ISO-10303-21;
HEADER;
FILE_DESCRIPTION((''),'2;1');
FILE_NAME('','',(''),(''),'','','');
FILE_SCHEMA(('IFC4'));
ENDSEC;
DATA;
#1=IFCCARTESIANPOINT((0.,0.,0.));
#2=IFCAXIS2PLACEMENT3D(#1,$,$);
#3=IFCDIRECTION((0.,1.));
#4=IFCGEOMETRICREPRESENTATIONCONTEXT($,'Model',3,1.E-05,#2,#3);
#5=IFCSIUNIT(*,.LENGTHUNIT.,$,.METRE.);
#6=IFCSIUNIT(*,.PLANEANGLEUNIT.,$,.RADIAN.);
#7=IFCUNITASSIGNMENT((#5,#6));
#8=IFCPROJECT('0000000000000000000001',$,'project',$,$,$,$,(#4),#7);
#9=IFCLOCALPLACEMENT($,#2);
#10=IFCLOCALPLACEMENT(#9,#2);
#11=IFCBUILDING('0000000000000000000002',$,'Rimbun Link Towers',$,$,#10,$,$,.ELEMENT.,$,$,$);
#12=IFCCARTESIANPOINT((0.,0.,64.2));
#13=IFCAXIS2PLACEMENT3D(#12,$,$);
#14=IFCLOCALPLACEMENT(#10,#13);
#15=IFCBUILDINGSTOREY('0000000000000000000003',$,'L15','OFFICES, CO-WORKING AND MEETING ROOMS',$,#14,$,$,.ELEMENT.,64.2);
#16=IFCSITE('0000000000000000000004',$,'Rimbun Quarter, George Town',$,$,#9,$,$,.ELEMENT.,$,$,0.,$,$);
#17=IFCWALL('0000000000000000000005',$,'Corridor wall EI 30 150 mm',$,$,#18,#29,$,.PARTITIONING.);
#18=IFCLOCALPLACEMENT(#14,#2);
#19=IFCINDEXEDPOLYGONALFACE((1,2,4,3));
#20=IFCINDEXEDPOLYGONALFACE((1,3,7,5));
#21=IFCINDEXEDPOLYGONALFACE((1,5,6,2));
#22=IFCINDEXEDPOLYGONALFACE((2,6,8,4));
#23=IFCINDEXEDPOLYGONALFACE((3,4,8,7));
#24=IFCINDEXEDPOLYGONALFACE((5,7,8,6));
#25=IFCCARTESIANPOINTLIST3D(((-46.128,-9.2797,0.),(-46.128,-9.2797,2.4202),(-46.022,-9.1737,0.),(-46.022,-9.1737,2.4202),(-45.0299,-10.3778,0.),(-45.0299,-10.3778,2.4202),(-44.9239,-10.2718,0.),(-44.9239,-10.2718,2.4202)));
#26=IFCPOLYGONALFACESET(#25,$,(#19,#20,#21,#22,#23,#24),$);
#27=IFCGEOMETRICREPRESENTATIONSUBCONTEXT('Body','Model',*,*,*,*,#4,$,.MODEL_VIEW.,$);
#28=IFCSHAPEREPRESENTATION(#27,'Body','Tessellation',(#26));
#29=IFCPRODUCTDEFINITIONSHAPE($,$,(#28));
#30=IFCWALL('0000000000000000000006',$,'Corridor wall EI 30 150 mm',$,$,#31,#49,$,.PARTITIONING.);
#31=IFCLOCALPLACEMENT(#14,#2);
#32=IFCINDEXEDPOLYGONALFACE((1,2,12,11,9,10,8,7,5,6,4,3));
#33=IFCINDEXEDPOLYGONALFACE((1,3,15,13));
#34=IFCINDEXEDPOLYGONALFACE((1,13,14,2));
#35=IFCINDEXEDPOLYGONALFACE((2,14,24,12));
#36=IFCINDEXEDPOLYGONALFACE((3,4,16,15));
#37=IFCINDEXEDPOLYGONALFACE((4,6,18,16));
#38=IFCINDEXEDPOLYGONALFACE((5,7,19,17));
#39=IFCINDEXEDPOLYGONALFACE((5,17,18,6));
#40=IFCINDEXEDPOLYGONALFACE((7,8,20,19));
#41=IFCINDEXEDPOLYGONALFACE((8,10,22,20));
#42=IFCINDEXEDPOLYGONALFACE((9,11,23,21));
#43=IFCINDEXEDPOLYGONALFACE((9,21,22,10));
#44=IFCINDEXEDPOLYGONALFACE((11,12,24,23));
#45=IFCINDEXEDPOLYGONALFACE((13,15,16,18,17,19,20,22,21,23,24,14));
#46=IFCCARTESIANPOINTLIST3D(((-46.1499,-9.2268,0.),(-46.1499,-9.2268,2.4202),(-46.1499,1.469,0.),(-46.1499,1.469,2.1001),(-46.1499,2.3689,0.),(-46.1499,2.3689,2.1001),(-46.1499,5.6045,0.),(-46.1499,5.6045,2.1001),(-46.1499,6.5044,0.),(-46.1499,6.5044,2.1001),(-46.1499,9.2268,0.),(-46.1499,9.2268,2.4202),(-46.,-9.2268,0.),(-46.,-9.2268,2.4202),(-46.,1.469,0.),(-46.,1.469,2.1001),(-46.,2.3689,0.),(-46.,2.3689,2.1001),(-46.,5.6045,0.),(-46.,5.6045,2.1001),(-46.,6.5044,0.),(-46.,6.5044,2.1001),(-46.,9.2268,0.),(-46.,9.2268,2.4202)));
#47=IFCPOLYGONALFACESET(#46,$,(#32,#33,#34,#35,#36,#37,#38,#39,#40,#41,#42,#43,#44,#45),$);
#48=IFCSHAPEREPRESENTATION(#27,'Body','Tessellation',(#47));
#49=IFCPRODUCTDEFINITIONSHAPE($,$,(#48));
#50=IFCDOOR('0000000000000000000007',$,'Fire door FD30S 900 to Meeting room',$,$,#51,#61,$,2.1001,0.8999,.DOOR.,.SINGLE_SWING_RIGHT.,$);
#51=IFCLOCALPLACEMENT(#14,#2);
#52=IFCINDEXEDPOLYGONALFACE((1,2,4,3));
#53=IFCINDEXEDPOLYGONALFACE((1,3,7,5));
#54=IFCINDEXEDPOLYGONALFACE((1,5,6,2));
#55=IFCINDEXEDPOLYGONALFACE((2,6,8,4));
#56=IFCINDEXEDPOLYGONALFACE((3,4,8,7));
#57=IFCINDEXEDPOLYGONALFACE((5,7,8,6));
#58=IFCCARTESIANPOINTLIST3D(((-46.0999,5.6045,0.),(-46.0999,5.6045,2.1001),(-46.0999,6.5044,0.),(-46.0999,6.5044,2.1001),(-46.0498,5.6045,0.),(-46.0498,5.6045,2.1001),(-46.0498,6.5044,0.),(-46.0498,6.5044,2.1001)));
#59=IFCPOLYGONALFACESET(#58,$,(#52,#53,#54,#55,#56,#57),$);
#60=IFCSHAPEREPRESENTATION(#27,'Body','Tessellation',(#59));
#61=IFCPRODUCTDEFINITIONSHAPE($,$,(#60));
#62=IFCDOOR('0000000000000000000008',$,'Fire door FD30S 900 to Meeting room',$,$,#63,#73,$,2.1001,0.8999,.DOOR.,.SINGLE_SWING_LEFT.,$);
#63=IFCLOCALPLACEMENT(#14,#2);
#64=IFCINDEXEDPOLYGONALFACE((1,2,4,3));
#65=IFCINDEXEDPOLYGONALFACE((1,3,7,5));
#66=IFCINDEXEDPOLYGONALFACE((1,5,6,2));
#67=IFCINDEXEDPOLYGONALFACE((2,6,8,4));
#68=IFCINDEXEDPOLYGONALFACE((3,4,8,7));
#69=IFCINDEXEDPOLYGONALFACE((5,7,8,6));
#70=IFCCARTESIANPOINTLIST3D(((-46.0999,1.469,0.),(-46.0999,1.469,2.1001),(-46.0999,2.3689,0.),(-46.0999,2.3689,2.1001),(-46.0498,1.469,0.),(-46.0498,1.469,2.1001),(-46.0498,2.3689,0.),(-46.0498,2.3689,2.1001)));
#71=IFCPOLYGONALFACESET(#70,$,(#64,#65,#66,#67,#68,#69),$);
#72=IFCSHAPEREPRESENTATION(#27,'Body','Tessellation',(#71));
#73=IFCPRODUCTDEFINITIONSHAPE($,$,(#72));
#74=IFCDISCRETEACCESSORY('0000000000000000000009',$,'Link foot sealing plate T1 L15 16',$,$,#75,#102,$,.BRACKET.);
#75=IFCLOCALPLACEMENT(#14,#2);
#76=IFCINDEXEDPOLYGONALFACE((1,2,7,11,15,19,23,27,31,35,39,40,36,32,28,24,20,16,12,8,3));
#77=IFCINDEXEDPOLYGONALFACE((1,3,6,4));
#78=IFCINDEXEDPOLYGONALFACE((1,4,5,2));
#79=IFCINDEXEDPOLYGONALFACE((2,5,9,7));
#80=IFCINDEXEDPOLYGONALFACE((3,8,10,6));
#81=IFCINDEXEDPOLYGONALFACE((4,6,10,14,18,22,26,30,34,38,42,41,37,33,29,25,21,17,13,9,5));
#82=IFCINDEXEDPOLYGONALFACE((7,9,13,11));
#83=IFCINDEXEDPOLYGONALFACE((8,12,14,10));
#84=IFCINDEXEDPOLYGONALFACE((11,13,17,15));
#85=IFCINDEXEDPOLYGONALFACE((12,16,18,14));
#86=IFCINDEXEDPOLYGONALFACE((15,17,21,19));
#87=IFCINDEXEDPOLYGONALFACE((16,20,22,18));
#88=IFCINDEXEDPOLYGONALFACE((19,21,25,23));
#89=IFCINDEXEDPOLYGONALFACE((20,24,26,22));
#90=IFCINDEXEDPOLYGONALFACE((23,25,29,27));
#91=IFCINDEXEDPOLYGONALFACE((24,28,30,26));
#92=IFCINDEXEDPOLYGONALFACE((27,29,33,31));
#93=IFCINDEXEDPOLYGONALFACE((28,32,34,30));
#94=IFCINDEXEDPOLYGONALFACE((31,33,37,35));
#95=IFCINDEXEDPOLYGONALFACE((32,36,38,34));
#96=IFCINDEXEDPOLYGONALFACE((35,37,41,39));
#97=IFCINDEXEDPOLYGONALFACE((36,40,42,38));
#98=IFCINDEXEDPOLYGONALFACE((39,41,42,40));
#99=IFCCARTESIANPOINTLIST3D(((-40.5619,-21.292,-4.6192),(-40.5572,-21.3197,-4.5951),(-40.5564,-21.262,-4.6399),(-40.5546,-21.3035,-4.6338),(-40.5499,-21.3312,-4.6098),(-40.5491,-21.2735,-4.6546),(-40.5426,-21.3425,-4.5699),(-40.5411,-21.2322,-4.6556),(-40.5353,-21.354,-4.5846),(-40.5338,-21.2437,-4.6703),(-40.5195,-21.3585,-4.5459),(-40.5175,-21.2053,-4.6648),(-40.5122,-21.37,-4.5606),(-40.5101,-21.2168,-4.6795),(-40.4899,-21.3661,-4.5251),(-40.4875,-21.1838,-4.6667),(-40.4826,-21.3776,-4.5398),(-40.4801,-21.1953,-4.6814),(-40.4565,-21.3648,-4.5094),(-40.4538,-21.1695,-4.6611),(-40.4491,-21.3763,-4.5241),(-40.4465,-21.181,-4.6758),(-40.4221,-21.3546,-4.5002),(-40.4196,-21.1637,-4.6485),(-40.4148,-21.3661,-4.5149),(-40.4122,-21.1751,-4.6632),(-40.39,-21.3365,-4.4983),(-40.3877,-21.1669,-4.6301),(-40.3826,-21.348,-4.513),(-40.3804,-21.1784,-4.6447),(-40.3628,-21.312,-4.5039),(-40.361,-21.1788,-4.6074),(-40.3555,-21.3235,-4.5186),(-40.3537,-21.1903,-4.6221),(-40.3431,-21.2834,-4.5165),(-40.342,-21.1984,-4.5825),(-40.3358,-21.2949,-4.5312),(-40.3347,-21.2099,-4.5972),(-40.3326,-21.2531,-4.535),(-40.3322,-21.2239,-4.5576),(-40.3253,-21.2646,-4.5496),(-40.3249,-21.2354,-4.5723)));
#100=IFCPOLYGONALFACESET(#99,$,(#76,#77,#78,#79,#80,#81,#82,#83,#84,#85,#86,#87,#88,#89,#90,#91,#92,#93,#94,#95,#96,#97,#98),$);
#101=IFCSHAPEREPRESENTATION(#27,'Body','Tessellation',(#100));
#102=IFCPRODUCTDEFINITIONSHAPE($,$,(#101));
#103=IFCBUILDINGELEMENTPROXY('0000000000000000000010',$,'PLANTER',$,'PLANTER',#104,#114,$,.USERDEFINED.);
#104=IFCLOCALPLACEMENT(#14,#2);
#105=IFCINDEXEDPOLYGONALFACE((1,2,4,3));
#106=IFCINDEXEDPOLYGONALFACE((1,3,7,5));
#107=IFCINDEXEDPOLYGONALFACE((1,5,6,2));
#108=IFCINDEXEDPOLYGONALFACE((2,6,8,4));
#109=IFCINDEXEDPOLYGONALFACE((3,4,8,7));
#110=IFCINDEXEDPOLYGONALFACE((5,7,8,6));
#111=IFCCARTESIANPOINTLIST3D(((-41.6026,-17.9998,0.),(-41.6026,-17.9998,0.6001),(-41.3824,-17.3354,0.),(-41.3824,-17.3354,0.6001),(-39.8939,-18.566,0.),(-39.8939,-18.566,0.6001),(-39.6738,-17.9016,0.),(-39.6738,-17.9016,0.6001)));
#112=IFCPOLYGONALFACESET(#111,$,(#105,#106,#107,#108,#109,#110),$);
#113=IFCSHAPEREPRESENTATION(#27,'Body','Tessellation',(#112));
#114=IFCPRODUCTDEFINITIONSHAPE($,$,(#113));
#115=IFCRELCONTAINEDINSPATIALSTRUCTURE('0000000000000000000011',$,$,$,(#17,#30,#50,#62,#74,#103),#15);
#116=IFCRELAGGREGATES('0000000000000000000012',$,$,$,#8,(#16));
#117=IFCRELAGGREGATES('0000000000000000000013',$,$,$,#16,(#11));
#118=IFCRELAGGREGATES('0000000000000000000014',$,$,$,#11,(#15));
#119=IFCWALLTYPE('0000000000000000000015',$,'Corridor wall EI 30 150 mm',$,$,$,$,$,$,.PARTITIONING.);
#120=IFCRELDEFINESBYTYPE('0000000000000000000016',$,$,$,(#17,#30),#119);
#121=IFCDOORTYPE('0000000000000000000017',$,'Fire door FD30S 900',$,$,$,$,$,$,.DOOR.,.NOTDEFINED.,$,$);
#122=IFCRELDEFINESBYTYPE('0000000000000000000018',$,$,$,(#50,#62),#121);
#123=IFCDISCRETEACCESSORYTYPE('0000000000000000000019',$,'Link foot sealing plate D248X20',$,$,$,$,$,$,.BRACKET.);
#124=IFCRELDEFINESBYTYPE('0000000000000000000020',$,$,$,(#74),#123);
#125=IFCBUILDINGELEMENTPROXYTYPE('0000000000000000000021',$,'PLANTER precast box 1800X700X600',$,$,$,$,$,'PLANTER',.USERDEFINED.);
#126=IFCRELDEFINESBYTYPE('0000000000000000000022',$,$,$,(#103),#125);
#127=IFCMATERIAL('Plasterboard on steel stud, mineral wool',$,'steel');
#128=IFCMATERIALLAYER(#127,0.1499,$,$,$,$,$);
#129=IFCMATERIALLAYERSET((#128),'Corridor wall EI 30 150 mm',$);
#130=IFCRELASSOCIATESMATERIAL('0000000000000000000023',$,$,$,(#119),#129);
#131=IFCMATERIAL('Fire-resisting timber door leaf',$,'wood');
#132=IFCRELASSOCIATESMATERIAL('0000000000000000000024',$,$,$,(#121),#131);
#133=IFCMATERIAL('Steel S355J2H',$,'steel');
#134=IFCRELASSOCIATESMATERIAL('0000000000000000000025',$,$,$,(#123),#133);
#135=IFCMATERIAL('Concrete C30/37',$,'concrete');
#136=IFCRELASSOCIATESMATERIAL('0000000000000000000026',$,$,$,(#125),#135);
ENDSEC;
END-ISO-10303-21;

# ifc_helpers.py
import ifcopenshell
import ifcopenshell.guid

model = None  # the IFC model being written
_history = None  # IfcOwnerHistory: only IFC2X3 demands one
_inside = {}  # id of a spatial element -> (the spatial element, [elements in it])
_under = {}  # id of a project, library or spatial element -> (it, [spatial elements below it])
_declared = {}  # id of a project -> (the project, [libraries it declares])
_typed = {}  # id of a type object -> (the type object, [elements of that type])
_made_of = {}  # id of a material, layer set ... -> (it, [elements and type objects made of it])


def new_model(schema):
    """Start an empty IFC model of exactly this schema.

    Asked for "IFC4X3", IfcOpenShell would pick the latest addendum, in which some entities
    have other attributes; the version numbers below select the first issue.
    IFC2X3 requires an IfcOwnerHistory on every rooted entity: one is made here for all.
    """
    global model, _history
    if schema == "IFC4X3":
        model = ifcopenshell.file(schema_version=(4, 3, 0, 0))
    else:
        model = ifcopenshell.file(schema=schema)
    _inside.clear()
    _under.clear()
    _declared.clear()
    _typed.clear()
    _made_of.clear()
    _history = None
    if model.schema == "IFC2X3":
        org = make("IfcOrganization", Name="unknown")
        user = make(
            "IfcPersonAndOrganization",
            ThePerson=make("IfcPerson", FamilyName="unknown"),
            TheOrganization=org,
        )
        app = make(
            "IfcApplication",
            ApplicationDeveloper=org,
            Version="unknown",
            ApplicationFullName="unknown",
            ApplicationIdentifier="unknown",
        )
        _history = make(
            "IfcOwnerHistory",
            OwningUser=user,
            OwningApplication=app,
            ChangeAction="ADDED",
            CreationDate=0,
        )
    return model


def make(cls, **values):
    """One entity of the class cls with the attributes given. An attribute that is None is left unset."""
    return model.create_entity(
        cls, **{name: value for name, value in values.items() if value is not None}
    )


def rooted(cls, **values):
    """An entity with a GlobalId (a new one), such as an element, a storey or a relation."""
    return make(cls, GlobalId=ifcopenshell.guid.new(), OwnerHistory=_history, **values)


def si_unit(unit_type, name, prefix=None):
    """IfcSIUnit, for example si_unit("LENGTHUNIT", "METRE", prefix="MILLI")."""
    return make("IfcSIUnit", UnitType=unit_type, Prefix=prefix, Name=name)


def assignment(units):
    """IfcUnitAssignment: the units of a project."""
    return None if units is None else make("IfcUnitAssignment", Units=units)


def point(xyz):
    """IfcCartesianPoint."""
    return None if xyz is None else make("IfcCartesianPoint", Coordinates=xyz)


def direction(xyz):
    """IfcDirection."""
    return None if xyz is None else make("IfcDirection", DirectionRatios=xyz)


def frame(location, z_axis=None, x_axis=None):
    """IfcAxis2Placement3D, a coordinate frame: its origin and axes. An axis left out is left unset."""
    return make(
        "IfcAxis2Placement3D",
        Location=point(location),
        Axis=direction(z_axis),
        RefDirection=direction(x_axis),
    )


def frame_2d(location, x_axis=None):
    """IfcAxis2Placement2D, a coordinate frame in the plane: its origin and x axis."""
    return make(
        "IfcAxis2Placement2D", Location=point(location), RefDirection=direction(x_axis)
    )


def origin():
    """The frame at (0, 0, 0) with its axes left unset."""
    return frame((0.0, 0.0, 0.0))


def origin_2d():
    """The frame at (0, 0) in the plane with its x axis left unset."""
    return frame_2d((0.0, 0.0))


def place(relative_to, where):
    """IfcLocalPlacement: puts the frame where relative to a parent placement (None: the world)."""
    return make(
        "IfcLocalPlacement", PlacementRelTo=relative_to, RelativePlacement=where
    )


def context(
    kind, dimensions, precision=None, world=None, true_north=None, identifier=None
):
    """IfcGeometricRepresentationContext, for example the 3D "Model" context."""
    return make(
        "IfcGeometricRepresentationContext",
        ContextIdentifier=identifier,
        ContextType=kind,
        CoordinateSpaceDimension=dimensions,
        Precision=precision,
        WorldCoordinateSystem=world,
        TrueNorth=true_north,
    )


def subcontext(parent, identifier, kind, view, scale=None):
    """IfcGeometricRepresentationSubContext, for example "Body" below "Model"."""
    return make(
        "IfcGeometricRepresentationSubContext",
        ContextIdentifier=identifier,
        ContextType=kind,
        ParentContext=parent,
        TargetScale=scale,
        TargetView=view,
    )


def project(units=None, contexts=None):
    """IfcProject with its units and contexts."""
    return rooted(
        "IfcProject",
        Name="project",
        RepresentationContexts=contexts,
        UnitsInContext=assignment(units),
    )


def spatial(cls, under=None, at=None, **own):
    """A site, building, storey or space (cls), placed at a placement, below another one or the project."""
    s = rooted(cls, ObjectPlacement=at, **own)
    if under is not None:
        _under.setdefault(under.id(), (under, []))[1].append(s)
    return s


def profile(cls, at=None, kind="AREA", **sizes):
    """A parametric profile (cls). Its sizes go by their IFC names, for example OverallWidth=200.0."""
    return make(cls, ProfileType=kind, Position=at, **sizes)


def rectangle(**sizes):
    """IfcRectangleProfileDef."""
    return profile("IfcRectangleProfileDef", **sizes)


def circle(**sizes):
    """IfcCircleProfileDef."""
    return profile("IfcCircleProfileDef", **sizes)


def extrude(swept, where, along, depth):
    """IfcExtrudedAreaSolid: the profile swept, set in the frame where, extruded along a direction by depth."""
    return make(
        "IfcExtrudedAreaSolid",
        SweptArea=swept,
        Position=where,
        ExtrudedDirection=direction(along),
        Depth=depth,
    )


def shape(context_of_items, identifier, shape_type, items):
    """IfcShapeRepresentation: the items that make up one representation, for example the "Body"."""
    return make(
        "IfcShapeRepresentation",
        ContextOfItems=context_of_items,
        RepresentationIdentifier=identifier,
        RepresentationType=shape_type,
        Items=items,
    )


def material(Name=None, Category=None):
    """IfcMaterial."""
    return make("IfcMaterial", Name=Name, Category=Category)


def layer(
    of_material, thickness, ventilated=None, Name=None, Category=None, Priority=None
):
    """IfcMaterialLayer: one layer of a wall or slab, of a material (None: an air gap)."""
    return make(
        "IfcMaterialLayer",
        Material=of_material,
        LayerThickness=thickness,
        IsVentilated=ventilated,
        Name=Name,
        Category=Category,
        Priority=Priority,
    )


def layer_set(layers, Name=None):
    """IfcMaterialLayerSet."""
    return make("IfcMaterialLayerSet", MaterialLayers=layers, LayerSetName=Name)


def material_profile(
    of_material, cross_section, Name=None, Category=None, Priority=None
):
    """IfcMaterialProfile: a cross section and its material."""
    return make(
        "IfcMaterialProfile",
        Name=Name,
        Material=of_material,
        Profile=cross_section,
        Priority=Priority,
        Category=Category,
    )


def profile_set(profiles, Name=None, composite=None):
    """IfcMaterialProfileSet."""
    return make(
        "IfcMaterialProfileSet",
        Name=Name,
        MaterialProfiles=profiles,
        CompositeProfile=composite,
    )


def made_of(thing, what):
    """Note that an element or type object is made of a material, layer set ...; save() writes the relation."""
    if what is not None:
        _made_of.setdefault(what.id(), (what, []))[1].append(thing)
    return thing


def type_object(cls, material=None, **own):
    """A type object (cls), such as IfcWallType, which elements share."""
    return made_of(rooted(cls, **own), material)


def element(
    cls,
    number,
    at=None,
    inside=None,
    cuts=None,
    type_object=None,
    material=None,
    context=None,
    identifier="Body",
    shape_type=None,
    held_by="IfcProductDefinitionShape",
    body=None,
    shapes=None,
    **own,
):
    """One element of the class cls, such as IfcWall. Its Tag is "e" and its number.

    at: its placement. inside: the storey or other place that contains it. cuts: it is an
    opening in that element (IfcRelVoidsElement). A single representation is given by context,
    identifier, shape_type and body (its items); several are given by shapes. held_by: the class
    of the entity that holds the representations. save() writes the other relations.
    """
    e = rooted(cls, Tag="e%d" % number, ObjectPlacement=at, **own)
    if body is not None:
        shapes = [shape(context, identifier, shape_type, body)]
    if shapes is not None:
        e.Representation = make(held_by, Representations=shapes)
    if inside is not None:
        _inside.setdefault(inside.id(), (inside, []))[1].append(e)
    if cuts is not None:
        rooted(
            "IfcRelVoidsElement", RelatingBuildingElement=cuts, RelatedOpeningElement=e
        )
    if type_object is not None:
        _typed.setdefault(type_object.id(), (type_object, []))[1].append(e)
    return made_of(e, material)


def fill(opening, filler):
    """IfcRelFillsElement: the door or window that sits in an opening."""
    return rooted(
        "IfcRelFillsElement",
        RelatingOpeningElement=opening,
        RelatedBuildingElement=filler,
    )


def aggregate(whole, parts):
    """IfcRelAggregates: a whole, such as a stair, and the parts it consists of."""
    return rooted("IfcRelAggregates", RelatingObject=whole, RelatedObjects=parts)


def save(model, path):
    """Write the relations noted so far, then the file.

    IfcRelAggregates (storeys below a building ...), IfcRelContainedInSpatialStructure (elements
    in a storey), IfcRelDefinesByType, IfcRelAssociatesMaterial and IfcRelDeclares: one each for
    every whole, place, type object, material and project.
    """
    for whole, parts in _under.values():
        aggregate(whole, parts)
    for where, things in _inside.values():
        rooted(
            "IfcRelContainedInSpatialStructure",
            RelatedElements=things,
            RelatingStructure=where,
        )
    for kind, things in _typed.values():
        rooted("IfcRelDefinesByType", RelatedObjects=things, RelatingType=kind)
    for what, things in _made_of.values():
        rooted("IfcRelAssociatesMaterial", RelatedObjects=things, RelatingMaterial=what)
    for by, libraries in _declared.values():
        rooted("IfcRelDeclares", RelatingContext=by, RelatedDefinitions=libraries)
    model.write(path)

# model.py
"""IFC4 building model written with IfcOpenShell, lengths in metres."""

from ifc_helpers import new_model, si_unit, direction, frame, frame_2d, origin, origin_2d, place, context, subcontext, project, spatial, rectangle, circle, extrude, material, layer, layer_set, material_profile, profile_set, type_object, element, fill, save


model = new_model("IFC4")

# Units and contexts
model_context = context("Model", 3, precision=1e-05, world=origin(), true_north=direction((0.0, 1.0)))
body_context = subcontext(model_context, "Body", "Model", "MODEL_VIEW")
ifc_project = project(units=[si_unit("LENGTHUNIT", "METRE"), si_unit("PLANEANGLEUNIT", "RADIAN")], contexts=[model_context])

# Site, building, storey
site_placement = place(None, origin())
site = spatial("IfcSite", under=ifc_project, at=site_placement, Name="Rimbun Quarter, George Town", CompositionType="ELEMENT", RefElevation=0.0)
building_placement = place(site_placement, origin())
building = spatial("IfcBuilding", under=site, at=building_placement, Name="Rimbun Link Towers", CompositionType="ELEMENT")
storey_placement = place(building_placement, frame((0.0, 0.0, 64.2)))
storey = spatial("IfcBuildingStorey", under=building, at=storey_placement, Name="L15", Description="OFFICES, CO-WORKING AND MEETING ROOMS", CompositionType="ELEMENT", Elevation=64.2)

# Wall
ifc_material_1 = material(Name="Plasterboard on steel stud, mineral wool", Category="steel")
ifc_layer_1 = layer(ifc_material_1, 0.1499)
ifc_layer_set_1 = layer_set([ifc_layer_1], Name="Corridor wall EI 30 150 mm")
wall_type_1 = type_object("IfcWallType", Name="Corridor wall EI 30 150 mm", PredefinedType="PARTITIONING", material=ifc_layer_set_1)
wall_1_placement = place(storey_placement, frame((-46.075, -9.2268, 0.0), z_axis=(0.0, 0.0, 1.0), x_axis=(0.707107, -0.707107, 0.0)))
element("IfcWall", 1, at=wall_1_placement, inside=storey, type_object=wall_type_1, Name="Corridor wall EI 30 150 mm", PredefinedType="PARTITIONING", context=body_context, shape_type="SweptSolid", body=[
    extrude(rectangle(XDim=1.553, YDim=0.1499, at=frame_2d((0.7764, 0.0))), origin(), (0.0, 0.0, 1.0), 2.4202),
])

# Wall, openings, doors
wall_2_placement = place(storey_placement, frame((-46.075, -9.2268, 0.0), z_axis=(0.0, 0.0, 1.0), x_axis=(0.0, 1.0, 0.0)))
wall_2 = element("IfcWall", 2, at=wall_2_placement, inside=storey, type_object=wall_type_1, Name="Corridor wall EI 30 150 mm", PredefinedType="PARTITIONING", context=body_context, shape_type="SweptSolid", body=[
    extrude(rectangle(XDim=18.4536, YDim=0.1499, at=frame_2d((9.2268, 0.0))), origin(), (0.0, 0.0, 1.0), 2.4202),
])
opening_1_placement = place(wall_2_placement, frame((14.8313, 0.0, 0.0)))
opening_1 = element("IfcOpeningElement", 3, at=opening_1_placement, cuts=wall_2, PredefinedType="OPENING", context=body_context, shape_type="SweptSolid", body=[
    extrude(rectangle(XDim=0.8999, YDim=2.1001, at=frame_2d((0.45, 1.05))), frame((0.0, 0.085, 0.0), z_axis=(0.0, -1.0, 0.0), x_axis=(1.0, 0.0, 0.0)), (0.0, 0.0, 1.0), 0.1699),
])
opening_2_placement = place(wall_2_placement, frame((10.6958, 0.0, 0.0)))
opening_2 = element("IfcOpeningElement", 4, at=opening_2_placement, cuts=wall_2, PredefinedType="OPENING", context=body_context, shape_type="SweptSolid", body=[
    extrude(rectangle(XDim=0.8999, YDim=2.1001, at=frame_2d((0.45, 1.05))), frame((0.0, 0.085, 0.0), z_axis=(0.0, -1.0, 0.0), x_axis=(1.0, 0.0, 0.0)), (0.0, 0.0, 1.0), 0.1699),
])
ifc_material_2 = material(Name="Fire-resisting timber door leaf", Category="wood")
door_type_1 = type_object("IfcDoorType", Name="Fire door FD30S 900", OperationType="NOTDEFINED", PredefinedType="DOOR", material=ifc_material_2)
door_1_placement = place(opening_1_placement, origin())
door_1 = element("IfcDoor", 5, at=door_1_placement, inside=storey, type_object=door_type_1, Name="Fire door FD30S 900 to Meeting room", OperationType="SINGLE_SWING_RIGHT", OverallHeight=2.1001, OverallWidth=0.8999, PredefinedType="DOOR", context=body_context, shape_type="SweptSolid", body=[
    extrude(rectangle(XDim=0.8999, YDim=2.1001, at=frame_2d((0.45, 1.05))), frame((0.0, 0.0249, 0.0), z_axis=(0.0, -1.0, 0.0), x_axis=(1.0, 0.0, 0.0)), (0.0, 0.0, 1.0), 0.05),
])
fill(opening_1, door_1)
door_2_placement = place(opening_2_placement, origin())
door_2 = element("IfcDoor", 6, at=door_2_placement, inside=storey, type_object=door_type_1, Name="Fire door FD30S 900 to Meeting room", OperationType="SINGLE_SWING_LEFT", OverallHeight=2.1001, OverallWidth=0.8999, PredefinedType="DOOR", context=body_context, shape_type="SweptSolid", body=[
    extrude(rectangle(XDim=0.8999, YDim=2.1001, at=frame_2d((0.45, 1.05))), frame((0.0, 0.0249, 0.0), z_axis=(0.0, -1.0, 0.0), x_axis=(1.0, 0.0, 0.0)), (0.0, 0.0, 1.0), 0.05),
])
fill(opening_2, door_2)

# Discrete accessory
ifc_material_3 = material(Name="Steel S355J2H", Category="steel")
ifc_material_profile_1 = material_profile(ifc_material_3, circle(Radius=0.124, at=origin_2d()), Name="PL D248")
ifc_profile_set_1 = profile_set([ifc_material_profile_1], Name="Steel S355J2H")
discrete_accessory_type = type_object("IfcDiscreteAccessoryType", Name="Link foot sealing plate D248X20", PredefinedType="BRACKET", material=ifc_profile_set_1)
discrete_accessory_placement = place(storey_placement, frame((-40.4465, -21.2651, -4.5825), z_axis=(0.366262, -0.573811, -0.732525), x_axis=(0.842922, 0.538035, 0.0)))
element("IfcDiscreteAccessory", 7, at=discrete_accessory_placement, inside=storey, type_object=discrete_accessory_type, Name="Link foot sealing plate T1 L15 16", PredefinedType="BRACKET", context=body_context, shape_type="SweptSolid", body=[
    extrude(circle(Radius=0.124, at=origin_2d()), origin(), (0.0, 0.0, 1.0), 0.02),
])

# Building element proxy
ifc_material_4 = material(Name="Concrete C30/37", Category="concrete")
building_element_proxy_type = type_object("IfcBuildingElementProxyType", Name="PLANTER precast box 1800X700X600", ElementType="PLANTER", PredefinedType="USERDEFINED", material=ifc_material_4)
proxy_placement = place(storey_placement, frame((-40.6382, -17.9507, 0.0), z_axis=(0.0, 0.0, 1.0), x_axis=(0.949239, -0.314556, 0.0)))
element("IfcBuildingElementProxy", 8, at=proxy_placement, inside=storey, type_object=building_element_proxy_type, Name="PLANTER", ObjectType="PLANTER", PredefinedType="USERDEFINED", context=body_context, shape_type="SweptSolid", body=[
    extrude(rectangle(XDim=1.8, YDim=0.7, at=origin_2d()), origin(), (0.0, 0.0, 1.0), 0.6001),
])

save(model, "model.ifc")
